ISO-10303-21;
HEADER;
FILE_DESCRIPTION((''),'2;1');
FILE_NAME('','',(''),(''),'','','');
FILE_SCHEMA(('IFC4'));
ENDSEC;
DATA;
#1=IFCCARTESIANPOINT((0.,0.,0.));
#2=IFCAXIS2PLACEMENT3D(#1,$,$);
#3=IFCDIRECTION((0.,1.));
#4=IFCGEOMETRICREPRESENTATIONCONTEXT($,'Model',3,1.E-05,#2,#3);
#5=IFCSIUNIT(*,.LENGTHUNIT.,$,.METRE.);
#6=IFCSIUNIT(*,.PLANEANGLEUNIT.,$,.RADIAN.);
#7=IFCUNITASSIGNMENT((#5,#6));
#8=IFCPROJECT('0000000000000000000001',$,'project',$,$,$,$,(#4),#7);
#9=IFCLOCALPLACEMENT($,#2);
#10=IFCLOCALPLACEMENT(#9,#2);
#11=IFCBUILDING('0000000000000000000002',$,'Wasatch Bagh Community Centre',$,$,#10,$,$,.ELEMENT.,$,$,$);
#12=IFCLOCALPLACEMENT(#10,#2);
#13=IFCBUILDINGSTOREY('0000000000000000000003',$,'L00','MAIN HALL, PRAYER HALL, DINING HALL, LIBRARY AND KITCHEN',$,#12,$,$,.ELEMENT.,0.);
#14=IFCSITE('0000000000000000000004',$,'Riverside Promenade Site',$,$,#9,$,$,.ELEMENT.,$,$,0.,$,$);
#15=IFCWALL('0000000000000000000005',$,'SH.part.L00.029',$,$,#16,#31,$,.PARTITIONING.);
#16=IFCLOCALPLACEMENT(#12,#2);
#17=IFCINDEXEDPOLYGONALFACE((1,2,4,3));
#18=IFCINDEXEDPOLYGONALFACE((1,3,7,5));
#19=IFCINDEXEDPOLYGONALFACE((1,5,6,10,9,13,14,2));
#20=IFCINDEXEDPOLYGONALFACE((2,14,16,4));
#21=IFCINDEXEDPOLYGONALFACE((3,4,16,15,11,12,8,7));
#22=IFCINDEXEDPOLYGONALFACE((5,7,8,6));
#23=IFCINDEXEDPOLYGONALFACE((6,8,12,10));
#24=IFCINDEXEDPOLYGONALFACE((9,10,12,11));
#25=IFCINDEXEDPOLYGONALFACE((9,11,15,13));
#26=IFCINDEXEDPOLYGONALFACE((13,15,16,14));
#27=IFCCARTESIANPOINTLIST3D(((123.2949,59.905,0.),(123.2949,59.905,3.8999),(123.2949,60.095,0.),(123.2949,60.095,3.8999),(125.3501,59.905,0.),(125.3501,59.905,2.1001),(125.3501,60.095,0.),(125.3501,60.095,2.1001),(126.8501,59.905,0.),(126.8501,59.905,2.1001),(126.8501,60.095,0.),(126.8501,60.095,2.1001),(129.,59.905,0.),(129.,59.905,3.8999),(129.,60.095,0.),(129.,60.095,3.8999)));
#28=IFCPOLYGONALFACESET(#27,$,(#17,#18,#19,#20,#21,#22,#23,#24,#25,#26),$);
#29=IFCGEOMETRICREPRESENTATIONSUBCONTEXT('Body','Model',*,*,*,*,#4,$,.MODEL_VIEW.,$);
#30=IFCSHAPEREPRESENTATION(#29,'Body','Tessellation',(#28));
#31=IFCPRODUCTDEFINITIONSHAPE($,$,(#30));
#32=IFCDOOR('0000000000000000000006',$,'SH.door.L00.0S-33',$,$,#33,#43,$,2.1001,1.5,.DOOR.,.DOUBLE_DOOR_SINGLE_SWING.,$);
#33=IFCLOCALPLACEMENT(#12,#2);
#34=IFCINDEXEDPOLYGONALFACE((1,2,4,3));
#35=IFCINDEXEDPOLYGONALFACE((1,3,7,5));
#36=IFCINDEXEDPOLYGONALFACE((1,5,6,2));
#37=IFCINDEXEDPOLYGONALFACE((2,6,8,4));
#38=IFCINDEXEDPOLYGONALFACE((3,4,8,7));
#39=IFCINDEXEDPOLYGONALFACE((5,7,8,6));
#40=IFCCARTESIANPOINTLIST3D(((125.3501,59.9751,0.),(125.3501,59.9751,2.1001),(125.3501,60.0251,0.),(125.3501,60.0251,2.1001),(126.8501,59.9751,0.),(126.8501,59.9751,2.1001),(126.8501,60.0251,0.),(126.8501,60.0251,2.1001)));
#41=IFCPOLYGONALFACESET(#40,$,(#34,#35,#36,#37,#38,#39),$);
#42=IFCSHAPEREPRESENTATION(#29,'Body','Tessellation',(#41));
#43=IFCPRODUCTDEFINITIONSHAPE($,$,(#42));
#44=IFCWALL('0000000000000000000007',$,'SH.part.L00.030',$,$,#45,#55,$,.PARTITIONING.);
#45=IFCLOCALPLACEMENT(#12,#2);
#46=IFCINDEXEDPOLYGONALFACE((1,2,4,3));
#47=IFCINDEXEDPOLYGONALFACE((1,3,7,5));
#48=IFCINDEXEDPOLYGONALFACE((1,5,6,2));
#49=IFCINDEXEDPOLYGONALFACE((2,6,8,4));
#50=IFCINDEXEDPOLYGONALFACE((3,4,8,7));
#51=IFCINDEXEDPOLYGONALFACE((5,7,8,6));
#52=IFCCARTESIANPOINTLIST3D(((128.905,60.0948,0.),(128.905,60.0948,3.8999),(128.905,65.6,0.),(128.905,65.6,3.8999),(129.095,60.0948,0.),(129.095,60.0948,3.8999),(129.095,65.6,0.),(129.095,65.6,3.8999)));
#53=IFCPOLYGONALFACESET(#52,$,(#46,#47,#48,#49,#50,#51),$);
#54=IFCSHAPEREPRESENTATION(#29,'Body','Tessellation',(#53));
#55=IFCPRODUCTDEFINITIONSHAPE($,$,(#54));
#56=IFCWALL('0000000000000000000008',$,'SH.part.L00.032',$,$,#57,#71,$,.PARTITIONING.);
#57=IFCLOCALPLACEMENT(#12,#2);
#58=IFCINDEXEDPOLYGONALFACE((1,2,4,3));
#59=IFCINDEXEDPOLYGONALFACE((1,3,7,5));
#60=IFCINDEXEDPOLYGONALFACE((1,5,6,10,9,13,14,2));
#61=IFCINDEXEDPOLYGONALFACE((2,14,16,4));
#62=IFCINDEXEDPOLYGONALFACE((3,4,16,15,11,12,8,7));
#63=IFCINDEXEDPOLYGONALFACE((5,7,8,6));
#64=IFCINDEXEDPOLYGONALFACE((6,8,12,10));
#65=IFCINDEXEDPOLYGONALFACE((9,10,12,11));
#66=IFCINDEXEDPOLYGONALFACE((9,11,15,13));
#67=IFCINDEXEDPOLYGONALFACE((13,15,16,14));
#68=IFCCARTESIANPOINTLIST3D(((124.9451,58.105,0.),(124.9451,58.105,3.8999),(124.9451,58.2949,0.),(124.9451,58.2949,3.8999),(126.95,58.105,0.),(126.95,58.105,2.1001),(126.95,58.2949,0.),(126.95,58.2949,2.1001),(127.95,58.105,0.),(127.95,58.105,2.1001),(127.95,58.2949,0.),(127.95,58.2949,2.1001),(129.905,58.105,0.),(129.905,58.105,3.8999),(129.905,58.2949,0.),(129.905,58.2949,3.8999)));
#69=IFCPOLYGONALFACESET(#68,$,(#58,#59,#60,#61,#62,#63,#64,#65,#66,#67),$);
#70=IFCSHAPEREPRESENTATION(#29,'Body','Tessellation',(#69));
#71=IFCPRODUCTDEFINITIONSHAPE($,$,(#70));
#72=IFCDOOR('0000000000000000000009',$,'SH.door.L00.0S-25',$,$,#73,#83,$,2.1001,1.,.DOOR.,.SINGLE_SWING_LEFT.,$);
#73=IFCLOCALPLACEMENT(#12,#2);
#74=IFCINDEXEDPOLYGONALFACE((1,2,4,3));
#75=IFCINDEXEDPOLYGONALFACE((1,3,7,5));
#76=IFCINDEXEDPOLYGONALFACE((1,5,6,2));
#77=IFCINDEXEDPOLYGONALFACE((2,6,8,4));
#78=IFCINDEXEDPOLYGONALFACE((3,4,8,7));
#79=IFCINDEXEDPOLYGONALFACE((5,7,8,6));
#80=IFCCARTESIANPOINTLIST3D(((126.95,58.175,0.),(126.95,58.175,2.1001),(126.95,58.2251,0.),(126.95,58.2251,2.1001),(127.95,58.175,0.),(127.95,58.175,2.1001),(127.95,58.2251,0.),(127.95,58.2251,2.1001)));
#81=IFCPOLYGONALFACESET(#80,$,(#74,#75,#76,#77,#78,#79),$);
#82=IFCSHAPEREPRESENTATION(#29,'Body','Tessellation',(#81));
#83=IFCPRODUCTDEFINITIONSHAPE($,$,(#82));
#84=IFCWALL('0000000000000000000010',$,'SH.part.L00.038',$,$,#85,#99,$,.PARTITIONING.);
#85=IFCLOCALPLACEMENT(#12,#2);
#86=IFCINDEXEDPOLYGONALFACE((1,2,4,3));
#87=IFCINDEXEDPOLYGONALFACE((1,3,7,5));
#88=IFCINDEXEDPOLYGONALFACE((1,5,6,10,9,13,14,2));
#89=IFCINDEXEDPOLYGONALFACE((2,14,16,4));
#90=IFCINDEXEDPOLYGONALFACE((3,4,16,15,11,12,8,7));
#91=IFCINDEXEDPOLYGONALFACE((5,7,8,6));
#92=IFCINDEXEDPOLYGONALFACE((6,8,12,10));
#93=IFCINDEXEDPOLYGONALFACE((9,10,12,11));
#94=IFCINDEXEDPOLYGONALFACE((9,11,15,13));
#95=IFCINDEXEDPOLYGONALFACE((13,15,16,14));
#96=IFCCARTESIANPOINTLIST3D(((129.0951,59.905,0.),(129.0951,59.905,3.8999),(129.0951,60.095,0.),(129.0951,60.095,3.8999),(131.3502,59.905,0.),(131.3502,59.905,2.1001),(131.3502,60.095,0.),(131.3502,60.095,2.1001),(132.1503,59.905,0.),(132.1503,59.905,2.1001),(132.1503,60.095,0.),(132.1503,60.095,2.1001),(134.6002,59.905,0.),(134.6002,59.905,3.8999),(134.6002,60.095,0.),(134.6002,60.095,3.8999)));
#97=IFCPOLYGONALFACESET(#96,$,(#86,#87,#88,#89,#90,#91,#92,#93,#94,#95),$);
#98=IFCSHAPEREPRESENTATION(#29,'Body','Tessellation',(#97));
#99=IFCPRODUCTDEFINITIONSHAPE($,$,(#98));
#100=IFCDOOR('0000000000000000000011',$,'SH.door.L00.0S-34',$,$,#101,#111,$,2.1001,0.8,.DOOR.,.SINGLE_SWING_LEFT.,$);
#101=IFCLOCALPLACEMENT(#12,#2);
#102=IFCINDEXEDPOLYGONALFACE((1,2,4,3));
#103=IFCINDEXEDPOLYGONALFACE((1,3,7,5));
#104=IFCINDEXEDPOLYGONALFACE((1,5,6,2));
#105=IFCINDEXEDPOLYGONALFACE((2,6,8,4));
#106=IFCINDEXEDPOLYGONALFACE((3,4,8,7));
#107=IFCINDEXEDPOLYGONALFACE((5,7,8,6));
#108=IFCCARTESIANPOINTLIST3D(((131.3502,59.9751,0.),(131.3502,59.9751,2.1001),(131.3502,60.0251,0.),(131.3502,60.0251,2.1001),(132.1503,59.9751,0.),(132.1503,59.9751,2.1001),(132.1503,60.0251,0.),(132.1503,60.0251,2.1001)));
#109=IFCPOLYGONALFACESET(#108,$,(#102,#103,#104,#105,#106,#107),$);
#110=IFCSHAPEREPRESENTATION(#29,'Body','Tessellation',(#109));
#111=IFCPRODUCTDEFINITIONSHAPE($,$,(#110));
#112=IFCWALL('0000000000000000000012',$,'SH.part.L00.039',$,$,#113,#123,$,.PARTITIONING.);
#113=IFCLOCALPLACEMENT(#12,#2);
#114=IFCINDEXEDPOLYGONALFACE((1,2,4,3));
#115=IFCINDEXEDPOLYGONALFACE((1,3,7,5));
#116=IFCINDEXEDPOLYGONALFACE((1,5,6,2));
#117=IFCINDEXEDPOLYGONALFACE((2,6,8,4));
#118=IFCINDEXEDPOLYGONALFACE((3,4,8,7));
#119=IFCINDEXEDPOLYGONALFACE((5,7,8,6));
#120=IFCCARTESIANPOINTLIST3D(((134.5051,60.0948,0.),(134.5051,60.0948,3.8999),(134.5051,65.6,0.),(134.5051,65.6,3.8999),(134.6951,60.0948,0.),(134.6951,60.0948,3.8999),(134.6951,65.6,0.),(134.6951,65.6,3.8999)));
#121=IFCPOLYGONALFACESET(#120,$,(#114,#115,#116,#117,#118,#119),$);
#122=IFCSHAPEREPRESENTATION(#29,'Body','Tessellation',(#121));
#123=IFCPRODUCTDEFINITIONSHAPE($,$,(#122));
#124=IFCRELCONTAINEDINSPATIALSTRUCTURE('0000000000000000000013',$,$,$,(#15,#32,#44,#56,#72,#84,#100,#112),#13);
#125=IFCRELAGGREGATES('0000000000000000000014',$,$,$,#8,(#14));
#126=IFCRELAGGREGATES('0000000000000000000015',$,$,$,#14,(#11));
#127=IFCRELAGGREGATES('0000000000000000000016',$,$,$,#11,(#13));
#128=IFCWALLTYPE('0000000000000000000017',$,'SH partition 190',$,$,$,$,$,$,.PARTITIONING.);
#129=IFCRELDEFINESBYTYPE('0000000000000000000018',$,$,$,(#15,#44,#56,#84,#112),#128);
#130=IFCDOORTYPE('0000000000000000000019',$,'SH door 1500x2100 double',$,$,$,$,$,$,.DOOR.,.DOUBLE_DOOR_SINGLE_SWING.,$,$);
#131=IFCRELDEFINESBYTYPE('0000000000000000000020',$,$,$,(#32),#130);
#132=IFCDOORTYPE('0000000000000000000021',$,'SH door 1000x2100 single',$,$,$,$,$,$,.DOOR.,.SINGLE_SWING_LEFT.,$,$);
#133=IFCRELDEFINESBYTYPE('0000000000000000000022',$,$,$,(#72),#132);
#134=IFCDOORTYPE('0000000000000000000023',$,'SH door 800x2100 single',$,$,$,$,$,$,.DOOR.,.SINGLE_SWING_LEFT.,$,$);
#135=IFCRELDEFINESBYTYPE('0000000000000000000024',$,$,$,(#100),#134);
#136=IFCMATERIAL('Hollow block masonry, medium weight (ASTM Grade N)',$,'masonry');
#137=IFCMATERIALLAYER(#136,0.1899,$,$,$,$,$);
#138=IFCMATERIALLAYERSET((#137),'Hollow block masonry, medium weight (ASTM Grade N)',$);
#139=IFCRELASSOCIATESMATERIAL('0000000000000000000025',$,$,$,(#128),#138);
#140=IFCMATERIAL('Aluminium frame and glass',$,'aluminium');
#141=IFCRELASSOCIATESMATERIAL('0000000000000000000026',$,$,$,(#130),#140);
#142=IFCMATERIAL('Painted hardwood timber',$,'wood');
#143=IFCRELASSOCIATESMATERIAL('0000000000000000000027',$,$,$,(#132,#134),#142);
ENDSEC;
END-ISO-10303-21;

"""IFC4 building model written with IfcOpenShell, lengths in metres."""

from ifc_helpers import new_model, si_unit, direction, frame, frame_2d, origin, place, context, subcontext, project, spatial, rectangle, extrude, material, layer, layer_set, type_object, element, fill, save


model = new_model("IFC4")

# Units and contexts
model_context = context("Model", 3, precision=1e-05, world=origin(), true_north=direction((0.0, 1.0)))
body_context = subcontext(model_context, "Body", "Model", "MODEL_VIEW")
ifc_project = project(units=[si_unit("LENGTHUNIT", "METRE"), si_unit("PLANEANGLEUNIT", "RADIAN")], contexts=[model_context])

# Site, building, storey
site_placement = place(None, origin())
site = spatial("IfcSite", under=ifc_project, at=site_placement, Name="Riverside Promenade Site", CompositionType="ELEMENT", RefElevation=0.0)
building_placement = place(site_placement, origin())
building = spatial("IfcBuilding", under=site, at=building_placement, Name="Wasatch Bagh Community Centre", CompositionType="ELEMENT")
storey_placement = place(building_placement, origin())
storey = spatial("IfcBuildingStorey", under=building, at=storey_placement, Name="L00", Description="MAIN HALL, PRAYER HALL, DINING HALL, LIBRARY AND KITCHEN", CompositionType="ELEMENT", Elevation=0.0)

# Wall, opening, door
ifc_material_1 = material(Name="Hollow block masonry, medium weight (ASTM Grade N)", Category="masonry")
ifc_layer_1 = layer(ifc_material_1, 0.1899)
ifc_layer_set_1 = layer_set([ifc_layer_1], Name="Hollow block masonry, medium weight (ASTM Grade N)")
wall_type_1 = type_object("IfcWallType", Name="SH partition 190", PredefinedType="PARTITIONING", material=ifc_layer_set_1)
wall_1_placement = place(storey_placement, frame((129.0, 60.0, 0.0), z_axis=(0.0, 0.0, 1.0), x_axis=(-1.0, 0.0, 0.0)))
wall_1 = element("IfcWall", 1, at=wall_1_placement, inside=storey, type_object=wall_type_1, Name="SH.part.L00.029", PredefinedType="PARTITIONING", context=body_context, shape_type="SweptSolid", body=[
    extrude(rectangle(XDim=5.7051, YDim=0.1899, at=frame_2d((2.8525, 0.0))), origin(), (0.0, 0.0, 1.0), 3.8999),
])
opening_1_placement = place(wall_1_placement, frame((2.1499, 0.0, 0.0)))
opening_1 = element("IfcOpeningElement", 2, at=opening_1_placement, cuts=wall_1, PredefinedType="OPENING", context=body_context, shape_type="SweptSolid", body=[
    extrude(rectangle(XDim=1.5, YDim=2.1001, at=frame_2d((0.75, 1.05))), frame((0.0, 0.105, 0.0), z_axis=(0.0, -1.0, 0.0), x_axis=(1.0, 0.0, 0.0)), (0.0, 0.0, 1.0), 0.21),
])
ifc_material_2 = material(Name="Aluminium frame and glass", Category="aluminium")
door_type_1 = type_object("IfcDoorType", Name="SH door 1500x2100 double", OperationType="DOUBLE_DOOR_SINGLE_SWING", PredefinedType="DOOR", material=ifc_material_2)
door_1_placement = place(opening_1_placement, origin())
door_1 = element("IfcDoor", 3, at=door_1_placement, inside=storey, type_object=door_type_1, Name="SH.door.L00.0S-33", OperationType="DOUBLE_DOOR_SINGLE_SWING", OverallHeight=2.1001, OverallWidth=1.5, PredefinedType="DOOR", context=body_context, shape_type="SweptSolid", body=[
    extrude(rectangle(XDim=1.5, YDim=2.1001, at=frame_2d((0.75, 1.05))), frame((0.0, 0.0249, 0.0), z_axis=(0.0, -1.0, 0.0), x_axis=(1.0, 0.0, 0.0)), (0.0, 0.0, 1.0), 0.05),
])
fill(opening_1, door_1)

# Wall
wall_2_placement = place(storey_placement, frame((129.0, 60.095, 0.0), z_axis=(0.0, 0.0, 1.0), x_axis=(0.0, 1.0, 0.0)))
element("IfcWall", 4, at=wall_2_placement, inside=storey, type_object=wall_type_1, Name="SH.part.L00.030", PredefinedType="PARTITIONING", context=body_context, shape_type="SweptSolid", body=[
    extrude(rectangle(XDim=5.5051, YDim=0.1899, at=frame_2d((2.7524, 0.0))), origin(), (0.0, 0.0, 1.0), 3.8999),
])

# Walls, openings, doors
wall_3_placement = place(storey_placement, frame((129.905, 58.2, 0.0), z_axis=(0.0, 0.0, 1.0), x_axis=(-1.0, 0.0, 0.0)))
wall_3 = element("IfcWall", 5, at=wall_3_placement, inside=storey, type_object=wall_type_1, Name="SH.part.L00.032", PredefinedType="PARTITIONING", context=body_context, shape_type="SweptSolid", body=[
    extrude(rectangle(XDim=4.96, YDim=0.1899, at=frame_2d((2.48, 0.0))), origin(), (0.0, 0.0, 1.0), 3.8999),
])
opening_2_placement = place(wall_3_placement, frame((1.9551, 0.0, 0.0)))
opening_2 = element("IfcOpeningElement", 6, at=opening_2_placement, cuts=wall_3, PredefinedType="OPENING", context=body_context, shape_type="SweptSolid", body=[
    extrude(rectangle(XDim=1.0, YDim=2.1001, at=frame_2d((0.5, 1.05))), frame((0.0, 0.105, 0.0), z_axis=(0.0, -1.0, 0.0), x_axis=(1.0, 0.0, 0.0)), (0.0, 0.0, 1.0), 0.21),
])
ifc_material_3 = material(Name="Painted hardwood timber", Category="wood")
door_type_2 = type_object("IfcDoorType", Name="SH door 1000x2100 single", OperationType="SINGLE_SWING_LEFT", PredefinedType="DOOR", material=ifc_material_3)
door_2_placement = place(opening_2_placement, origin())
door_2 = element("IfcDoor", 7, at=door_2_placement, inside=storey, type_object=door_type_2, Name="SH.door.L00.0S-25", OperationType="SINGLE_SWING_LEFT", OverallHeight=2.1001, OverallWidth=1.0, PredefinedType="DOOR", context=body_context, shape_type="SweptSolid", body=[
    extrude(rectangle(XDim=1.0, YDim=2.1001, at=frame_2d((0.5, 1.05))), frame((0.0, 0.0249, 0.0), z_axis=(0.0, -1.0, 0.0), x_axis=(1.0, 0.0, 0.0)), (0.0, 0.0, 1.0), 0.05),
])
fill(opening_2, door_2)
wall_4_placement = place(storey_placement, frame((134.6001, 60.0, 0.0), z_axis=(0.0, 0.0, 1.0), x_axis=(-1.0, 0.0, 0.0)))
wall_4 = element("IfcWall", 8, at=wall_4_placement, inside=storey, type_object=wall_type_1, Name="SH.part.L00.038", PredefinedType="PARTITIONING", context=body_context, shape_type="SweptSolid", body=[
    extrude(rectangle(XDim=5.5051, YDim=0.1899, at=frame_2d((2.7524, 0.0))), origin(), (0.0, 0.0, 1.0), 3.8999),
])
opening_3_placement = place(wall_4_placement, frame((2.45, 0.0, 0.0)))
opening_3 = element("IfcOpeningElement", 9, at=opening_3_placement, cuts=wall_4, PredefinedType="OPENING", context=body_context, shape_type="SweptSolid", body=[
    extrude(rectangle(XDim=0.8, YDim=2.1001, at=frame_2d((0.3999, 1.05))), frame((0.0, 0.105, 0.0), z_axis=(0.0, -1.0, 0.0), x_axis=(1.0, 0.0, 0.0)), (0.0, 0.0, 1.0), 0.21),
])
door_type_3 = type_object("IfcDoorType", Name="SH door 800x2100 single", OperationType="SINGLE_SWING_LEFT", PredefinedType="DOOR", material=ifc_material_3)
door_3_placement = place(opening_3_placement, origin())
door_3 = element("IfcDoor", 10, at=door_3_placement, inside=storey, type_object=door_type_3, Name="SH.door.L00.0S-34", OperationType="SINGLE_SWING_LEFT", OverallHeight=2.1001, OverallWidth=0.8, PredefinedType="DOOR", context=body_context, shape_type="SweptSolid", body=[
    extrude(rectangle(XDim=0.8, YDim=2.1001, at=frame_2d((0.3999, 1.05))), frame((0.0, 0.0249, 0.0), z_axis=(0.0, -1.0, 0.0), x_axis=(1.0, 0.0, 0.0)), (0.0, 0.0, 1.0), 0.05),
])
fill(opening_3, door_3)

# Wall
wall_5_placement = place(storey_placement, frame((134.6001, 60.095, 0.0), z_axis=(0.0, 0.0, 1.0), x_axis=(0.0, 1.0, 0.0)))
element("IfcWall", 11, at=wall_5_placement, inside=storey, type_object=wall_type_1, Name="SH.part.L00.039", PredefinedType="PARTITIONING", context=body_context, shape_type="SweptSolid", body=[
    extrude(rectangle(XDim=5.5051, YDim=0.1899, at=frame_2d((2.7524, 0.0))), origin(), (0.0, 0.0, 1.0), 3.8999),
])

save(model, "model.ifc")
